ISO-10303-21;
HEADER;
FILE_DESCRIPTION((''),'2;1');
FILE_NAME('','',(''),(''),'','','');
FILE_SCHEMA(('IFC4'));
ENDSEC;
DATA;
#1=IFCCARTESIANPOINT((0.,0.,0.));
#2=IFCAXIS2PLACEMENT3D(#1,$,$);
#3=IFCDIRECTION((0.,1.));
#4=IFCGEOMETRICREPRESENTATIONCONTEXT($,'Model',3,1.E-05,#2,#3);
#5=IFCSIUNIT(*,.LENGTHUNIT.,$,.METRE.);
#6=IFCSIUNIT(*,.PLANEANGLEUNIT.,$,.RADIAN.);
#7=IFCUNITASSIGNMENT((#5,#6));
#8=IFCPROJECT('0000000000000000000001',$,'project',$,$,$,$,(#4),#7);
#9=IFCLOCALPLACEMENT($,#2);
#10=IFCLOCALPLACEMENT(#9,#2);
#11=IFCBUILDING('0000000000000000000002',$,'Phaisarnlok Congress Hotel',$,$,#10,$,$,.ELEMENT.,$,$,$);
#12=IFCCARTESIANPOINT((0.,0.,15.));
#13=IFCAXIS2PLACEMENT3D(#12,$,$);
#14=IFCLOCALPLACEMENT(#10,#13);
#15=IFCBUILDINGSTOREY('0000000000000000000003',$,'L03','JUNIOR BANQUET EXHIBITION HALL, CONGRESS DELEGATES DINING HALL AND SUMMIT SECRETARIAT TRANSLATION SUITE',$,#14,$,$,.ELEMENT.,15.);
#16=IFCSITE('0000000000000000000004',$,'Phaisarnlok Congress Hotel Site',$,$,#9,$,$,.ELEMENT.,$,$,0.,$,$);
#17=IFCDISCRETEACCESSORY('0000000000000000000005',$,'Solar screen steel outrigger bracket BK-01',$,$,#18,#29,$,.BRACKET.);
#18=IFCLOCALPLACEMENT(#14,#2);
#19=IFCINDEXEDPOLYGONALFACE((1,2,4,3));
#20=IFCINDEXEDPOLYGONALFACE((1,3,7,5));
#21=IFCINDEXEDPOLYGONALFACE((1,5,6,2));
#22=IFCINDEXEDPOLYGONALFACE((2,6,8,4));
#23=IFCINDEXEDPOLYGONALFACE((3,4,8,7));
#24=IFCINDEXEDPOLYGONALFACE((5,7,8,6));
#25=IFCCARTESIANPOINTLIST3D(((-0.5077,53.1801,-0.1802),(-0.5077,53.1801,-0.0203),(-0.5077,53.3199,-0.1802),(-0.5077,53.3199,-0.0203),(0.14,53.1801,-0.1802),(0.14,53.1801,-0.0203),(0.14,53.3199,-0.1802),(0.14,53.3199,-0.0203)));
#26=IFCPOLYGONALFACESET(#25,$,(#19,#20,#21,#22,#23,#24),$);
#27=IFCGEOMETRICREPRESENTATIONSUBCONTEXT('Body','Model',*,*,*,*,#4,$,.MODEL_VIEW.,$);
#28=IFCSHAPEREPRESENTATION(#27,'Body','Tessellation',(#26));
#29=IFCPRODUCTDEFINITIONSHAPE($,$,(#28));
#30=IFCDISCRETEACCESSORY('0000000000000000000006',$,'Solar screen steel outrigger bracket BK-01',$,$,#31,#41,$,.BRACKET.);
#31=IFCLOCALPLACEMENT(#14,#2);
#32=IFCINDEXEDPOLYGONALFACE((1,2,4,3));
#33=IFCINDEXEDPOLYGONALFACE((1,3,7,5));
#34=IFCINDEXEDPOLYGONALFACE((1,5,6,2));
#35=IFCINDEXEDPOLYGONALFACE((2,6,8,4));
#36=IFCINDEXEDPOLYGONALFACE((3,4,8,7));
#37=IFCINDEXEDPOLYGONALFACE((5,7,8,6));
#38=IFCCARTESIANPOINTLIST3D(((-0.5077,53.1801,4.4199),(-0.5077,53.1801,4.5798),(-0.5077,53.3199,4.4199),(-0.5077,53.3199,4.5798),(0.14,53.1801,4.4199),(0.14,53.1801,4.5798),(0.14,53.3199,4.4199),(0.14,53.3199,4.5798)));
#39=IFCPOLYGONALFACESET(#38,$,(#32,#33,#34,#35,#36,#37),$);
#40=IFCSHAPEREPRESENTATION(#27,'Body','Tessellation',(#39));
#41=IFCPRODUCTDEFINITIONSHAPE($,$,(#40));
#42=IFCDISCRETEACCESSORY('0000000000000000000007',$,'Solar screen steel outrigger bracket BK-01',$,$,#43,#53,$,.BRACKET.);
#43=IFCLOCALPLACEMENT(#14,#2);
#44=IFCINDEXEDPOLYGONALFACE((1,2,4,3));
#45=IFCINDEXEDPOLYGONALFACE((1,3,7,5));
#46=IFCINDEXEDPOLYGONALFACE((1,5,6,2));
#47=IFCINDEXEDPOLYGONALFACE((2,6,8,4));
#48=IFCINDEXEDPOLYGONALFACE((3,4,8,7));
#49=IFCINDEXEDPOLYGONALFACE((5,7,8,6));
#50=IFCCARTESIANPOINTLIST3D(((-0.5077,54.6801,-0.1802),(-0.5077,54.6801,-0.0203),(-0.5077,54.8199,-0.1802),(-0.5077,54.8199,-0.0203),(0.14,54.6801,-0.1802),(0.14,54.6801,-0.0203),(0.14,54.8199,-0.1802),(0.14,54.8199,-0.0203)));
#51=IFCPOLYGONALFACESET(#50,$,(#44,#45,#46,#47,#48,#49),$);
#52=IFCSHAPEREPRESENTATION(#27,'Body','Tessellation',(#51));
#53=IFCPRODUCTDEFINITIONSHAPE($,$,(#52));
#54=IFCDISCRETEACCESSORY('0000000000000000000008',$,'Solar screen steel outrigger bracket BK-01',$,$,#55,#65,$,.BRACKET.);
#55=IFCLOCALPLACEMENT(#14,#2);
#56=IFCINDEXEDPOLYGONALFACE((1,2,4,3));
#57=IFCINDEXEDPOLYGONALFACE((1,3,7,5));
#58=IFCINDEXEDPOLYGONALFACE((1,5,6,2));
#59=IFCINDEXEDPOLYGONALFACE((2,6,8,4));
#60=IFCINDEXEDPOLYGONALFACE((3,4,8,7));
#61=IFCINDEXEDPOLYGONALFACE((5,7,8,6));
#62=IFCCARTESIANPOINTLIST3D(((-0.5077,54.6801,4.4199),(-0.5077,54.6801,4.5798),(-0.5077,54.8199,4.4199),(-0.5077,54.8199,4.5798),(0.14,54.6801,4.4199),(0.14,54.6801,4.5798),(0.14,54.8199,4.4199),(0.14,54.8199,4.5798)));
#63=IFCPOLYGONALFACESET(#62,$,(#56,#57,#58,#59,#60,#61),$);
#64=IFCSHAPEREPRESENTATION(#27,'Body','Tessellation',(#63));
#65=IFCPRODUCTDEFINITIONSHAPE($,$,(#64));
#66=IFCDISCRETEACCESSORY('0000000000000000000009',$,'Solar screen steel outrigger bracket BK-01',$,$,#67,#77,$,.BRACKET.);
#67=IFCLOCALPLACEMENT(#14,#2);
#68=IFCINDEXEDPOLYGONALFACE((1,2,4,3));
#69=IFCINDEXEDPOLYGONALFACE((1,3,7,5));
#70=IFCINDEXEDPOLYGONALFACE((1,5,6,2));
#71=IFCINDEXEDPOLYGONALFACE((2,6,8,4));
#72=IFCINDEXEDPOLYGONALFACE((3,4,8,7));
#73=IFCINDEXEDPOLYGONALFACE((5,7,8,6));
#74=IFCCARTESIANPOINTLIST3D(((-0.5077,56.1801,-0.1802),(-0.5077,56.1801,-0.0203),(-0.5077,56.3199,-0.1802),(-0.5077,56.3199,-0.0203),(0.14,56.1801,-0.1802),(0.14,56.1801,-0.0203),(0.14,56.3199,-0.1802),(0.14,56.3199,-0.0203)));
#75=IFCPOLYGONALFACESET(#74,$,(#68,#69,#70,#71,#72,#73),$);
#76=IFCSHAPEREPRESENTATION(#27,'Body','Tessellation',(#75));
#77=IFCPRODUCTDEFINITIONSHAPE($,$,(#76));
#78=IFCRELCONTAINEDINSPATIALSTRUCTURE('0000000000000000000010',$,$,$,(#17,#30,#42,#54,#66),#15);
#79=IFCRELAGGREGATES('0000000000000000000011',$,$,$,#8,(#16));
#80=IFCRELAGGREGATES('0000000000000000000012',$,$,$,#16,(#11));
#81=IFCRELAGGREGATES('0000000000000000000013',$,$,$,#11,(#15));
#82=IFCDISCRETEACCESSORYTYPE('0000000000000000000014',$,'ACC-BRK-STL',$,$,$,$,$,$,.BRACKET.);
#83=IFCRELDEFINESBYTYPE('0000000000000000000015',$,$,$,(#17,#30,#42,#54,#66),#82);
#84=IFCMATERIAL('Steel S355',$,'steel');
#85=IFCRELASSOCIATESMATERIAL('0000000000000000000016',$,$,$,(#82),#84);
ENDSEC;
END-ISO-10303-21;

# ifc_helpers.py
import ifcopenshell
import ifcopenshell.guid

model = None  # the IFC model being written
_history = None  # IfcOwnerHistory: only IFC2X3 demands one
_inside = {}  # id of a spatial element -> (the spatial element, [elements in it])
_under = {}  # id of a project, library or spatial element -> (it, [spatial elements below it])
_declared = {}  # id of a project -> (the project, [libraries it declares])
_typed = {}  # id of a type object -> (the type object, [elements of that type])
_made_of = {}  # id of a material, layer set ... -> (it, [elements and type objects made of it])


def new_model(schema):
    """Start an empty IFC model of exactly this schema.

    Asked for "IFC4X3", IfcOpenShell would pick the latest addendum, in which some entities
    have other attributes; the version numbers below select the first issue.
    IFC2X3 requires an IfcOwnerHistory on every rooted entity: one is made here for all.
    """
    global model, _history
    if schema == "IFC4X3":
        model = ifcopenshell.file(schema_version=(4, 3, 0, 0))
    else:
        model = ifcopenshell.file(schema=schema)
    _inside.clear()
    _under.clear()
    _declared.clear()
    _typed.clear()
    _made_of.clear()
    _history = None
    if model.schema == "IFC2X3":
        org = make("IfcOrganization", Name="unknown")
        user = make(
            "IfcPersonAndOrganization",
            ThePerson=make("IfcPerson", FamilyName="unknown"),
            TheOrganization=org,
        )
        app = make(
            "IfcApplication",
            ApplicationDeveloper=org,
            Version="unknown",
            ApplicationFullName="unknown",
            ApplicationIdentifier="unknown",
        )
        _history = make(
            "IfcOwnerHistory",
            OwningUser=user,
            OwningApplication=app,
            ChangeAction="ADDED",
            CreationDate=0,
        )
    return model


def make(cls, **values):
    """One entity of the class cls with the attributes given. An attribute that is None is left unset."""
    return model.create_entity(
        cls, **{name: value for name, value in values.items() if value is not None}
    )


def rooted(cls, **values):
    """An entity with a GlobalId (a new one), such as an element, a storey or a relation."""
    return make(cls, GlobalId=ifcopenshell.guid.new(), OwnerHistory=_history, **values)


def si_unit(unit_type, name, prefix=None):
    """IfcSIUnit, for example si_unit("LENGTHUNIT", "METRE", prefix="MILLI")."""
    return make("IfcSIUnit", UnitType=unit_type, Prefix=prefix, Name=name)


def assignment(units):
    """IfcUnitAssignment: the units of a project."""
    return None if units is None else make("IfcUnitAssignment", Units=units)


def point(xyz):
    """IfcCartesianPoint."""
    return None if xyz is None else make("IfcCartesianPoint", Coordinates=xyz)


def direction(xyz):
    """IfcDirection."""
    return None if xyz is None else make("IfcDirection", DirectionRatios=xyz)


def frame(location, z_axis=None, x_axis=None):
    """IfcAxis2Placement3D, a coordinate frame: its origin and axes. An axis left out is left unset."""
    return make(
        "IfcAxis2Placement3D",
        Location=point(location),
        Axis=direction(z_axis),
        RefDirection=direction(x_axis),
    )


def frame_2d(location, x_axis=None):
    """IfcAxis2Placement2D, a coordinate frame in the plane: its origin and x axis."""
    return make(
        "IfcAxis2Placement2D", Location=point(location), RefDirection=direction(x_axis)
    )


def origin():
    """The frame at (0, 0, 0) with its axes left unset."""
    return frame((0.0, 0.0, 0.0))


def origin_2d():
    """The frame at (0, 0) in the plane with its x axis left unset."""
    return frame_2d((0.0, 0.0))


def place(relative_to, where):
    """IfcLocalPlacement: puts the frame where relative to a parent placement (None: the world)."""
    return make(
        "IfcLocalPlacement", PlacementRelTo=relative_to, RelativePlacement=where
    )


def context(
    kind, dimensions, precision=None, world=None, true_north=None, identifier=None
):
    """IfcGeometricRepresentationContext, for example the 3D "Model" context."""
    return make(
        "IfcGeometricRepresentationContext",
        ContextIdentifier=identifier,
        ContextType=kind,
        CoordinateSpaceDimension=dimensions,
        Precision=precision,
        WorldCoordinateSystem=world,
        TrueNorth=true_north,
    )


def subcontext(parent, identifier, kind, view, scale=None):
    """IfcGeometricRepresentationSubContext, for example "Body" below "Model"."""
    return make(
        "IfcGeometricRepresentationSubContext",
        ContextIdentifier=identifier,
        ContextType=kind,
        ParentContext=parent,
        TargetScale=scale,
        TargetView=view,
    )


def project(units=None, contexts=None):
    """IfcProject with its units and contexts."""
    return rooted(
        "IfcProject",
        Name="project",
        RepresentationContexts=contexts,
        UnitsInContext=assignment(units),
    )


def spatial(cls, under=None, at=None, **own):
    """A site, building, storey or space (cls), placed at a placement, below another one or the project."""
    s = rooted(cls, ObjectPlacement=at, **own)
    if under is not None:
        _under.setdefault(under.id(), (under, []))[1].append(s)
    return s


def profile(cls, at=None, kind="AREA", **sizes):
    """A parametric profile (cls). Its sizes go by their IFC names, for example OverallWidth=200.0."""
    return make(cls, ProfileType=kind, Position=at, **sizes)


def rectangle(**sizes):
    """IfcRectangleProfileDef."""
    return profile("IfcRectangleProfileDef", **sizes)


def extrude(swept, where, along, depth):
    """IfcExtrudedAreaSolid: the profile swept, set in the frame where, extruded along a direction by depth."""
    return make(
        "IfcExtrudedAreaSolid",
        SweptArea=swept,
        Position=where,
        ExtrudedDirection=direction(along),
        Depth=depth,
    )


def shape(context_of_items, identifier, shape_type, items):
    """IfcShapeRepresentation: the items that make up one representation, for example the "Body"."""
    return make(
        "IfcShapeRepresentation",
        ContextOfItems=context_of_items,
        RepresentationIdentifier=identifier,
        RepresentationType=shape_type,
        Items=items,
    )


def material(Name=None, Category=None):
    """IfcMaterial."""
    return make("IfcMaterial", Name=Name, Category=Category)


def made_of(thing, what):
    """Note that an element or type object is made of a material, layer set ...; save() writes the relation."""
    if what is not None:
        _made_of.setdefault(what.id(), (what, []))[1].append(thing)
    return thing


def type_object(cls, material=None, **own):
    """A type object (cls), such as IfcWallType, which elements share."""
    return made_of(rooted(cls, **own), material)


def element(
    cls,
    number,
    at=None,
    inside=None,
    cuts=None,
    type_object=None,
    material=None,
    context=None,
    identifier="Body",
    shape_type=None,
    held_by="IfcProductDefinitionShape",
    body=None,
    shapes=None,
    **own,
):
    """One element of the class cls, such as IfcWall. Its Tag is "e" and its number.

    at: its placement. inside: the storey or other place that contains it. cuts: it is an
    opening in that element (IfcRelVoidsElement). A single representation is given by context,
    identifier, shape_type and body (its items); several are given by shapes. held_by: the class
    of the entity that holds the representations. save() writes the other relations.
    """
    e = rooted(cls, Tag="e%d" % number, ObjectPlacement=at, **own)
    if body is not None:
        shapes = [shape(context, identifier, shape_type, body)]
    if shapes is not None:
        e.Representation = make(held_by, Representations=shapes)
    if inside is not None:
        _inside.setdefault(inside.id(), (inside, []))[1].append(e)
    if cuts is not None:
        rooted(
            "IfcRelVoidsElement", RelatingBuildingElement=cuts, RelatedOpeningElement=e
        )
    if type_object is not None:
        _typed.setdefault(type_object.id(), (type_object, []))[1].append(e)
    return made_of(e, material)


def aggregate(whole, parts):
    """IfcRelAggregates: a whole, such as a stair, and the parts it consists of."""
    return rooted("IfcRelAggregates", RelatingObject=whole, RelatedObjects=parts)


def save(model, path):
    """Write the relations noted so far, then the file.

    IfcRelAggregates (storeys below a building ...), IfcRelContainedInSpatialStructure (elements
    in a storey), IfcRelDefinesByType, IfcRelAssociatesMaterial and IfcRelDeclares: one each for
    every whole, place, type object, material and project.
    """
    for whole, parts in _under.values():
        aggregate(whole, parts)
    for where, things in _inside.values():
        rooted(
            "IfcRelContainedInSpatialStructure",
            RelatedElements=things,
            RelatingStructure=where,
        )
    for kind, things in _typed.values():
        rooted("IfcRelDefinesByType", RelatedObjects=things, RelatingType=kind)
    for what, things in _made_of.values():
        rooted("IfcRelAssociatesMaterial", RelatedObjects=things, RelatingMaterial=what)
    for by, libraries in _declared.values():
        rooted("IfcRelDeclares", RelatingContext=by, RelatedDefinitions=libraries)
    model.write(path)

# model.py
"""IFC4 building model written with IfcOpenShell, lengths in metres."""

from ifc_helpers import new_model, si_unit, direction, frame, origin, origin_2d, place, context, subcontext, project, spatial, rectangle, extrude, material, type_object, element, save


model = new_model("IFC4")

# Units and contexts
model_context = context("Model", 3, precision=1e-05, world=origin(), true_north=direction((0.0, 1.0)))
body_context = subcontext(model_context, "Body", "Model", "MODEL_VIEW")
ifc_project = project(units=[si_unit("LENGTHUNIT", "METRE"), si_unit("PLANEANGLEUNIT", "RADIAN")], contexts=[model_context])

# Site, building, storey
site_placement = place(None, origin())
site = spatial("IfcSite", under=ifc_project, at=site_placement, Name="Phaisarnlok Congress Hotel Site", CompositionType="ELEMENT", RefElevation=0.0)
building_placement = place(site_placement, origin())
building = spatial("IfcBuilding", under=site, at=building_placement, Name="Phaisarnlok Congress Hotel", CompositionType="ELEMENT")
storey_placement = place(building_placement, frame((0.0, 0.0, 15.0)))
storey = spatial("IfcBuildingStorey", under=building, at=storey_placement, Name="L03", Description="JUNIOR BANQUET EXHIBITION HALL, CONGRESS DELEGATES DINING HALL AND SUMMIT SECRETARIAT TRANSLATION SUITE", CompositionType="ELEMENT", Elevation=15.0)

# Discrete accessories
ifc_material_1 = material(Name="Steel S355", Category="steel")
discrete_accessory_type = type_object("IfcDiscreteAccessoryType", Name="ACC-BRK-STL", PredefinedType="BRACKET", material=ifc_material_1)
for number, where, z_axis, x_axis, name in (
    (1, (-0.1838, 53.25, -0.1802), (0.0, 0.0, 1.0), (1.0, 0.0, 0.0), "Solar screen steel outrigger bracket BK-01"),
    (2, (-0.1838, 53.25, 4.4199), (0.0, 0.0, 1.0), (1.0, 0.0, 0.0), "Solar screen steel outrigger bracket BK-01"),
    (3, (-0.1838, 54.75, -0.1802), (0.0, 0.0, 1.0), (1.0, 0.0, 0.0), "Solar screen steel outrigger bracket BK-01"),
    (4, (-0.1838, 54.75, 4.4199), (0.0, 0.0, 1.0), (1.0, 0.0, 0.0), "Solar screen steel outrigger bracket BK-01"),
    (5, (-0.1838, 56.25, -0.1802), (0.0, 0.0, 1.0), (1.0, 0.0, 0.0), "Solar screen steel outrigger bracket BK-01"),
):
    element("IfcDiscreteAccessory", number, at=place(storey_placement, frame(where, z_axis=z_axis, x_axis=x_axis)), inside=storey, type_object=discrete_accessory_type, Name=name, PredefinedType="BRACKET", context=body_context, shape_type="SweptSolid", body=[
        extrude(rectangle(XDim=0.6477, YDim=0.1399, at=origin_2d()), origin(), (0.0, 0.0, 1.0), 0.1599),
    ])

save(model, "model.ifc")
